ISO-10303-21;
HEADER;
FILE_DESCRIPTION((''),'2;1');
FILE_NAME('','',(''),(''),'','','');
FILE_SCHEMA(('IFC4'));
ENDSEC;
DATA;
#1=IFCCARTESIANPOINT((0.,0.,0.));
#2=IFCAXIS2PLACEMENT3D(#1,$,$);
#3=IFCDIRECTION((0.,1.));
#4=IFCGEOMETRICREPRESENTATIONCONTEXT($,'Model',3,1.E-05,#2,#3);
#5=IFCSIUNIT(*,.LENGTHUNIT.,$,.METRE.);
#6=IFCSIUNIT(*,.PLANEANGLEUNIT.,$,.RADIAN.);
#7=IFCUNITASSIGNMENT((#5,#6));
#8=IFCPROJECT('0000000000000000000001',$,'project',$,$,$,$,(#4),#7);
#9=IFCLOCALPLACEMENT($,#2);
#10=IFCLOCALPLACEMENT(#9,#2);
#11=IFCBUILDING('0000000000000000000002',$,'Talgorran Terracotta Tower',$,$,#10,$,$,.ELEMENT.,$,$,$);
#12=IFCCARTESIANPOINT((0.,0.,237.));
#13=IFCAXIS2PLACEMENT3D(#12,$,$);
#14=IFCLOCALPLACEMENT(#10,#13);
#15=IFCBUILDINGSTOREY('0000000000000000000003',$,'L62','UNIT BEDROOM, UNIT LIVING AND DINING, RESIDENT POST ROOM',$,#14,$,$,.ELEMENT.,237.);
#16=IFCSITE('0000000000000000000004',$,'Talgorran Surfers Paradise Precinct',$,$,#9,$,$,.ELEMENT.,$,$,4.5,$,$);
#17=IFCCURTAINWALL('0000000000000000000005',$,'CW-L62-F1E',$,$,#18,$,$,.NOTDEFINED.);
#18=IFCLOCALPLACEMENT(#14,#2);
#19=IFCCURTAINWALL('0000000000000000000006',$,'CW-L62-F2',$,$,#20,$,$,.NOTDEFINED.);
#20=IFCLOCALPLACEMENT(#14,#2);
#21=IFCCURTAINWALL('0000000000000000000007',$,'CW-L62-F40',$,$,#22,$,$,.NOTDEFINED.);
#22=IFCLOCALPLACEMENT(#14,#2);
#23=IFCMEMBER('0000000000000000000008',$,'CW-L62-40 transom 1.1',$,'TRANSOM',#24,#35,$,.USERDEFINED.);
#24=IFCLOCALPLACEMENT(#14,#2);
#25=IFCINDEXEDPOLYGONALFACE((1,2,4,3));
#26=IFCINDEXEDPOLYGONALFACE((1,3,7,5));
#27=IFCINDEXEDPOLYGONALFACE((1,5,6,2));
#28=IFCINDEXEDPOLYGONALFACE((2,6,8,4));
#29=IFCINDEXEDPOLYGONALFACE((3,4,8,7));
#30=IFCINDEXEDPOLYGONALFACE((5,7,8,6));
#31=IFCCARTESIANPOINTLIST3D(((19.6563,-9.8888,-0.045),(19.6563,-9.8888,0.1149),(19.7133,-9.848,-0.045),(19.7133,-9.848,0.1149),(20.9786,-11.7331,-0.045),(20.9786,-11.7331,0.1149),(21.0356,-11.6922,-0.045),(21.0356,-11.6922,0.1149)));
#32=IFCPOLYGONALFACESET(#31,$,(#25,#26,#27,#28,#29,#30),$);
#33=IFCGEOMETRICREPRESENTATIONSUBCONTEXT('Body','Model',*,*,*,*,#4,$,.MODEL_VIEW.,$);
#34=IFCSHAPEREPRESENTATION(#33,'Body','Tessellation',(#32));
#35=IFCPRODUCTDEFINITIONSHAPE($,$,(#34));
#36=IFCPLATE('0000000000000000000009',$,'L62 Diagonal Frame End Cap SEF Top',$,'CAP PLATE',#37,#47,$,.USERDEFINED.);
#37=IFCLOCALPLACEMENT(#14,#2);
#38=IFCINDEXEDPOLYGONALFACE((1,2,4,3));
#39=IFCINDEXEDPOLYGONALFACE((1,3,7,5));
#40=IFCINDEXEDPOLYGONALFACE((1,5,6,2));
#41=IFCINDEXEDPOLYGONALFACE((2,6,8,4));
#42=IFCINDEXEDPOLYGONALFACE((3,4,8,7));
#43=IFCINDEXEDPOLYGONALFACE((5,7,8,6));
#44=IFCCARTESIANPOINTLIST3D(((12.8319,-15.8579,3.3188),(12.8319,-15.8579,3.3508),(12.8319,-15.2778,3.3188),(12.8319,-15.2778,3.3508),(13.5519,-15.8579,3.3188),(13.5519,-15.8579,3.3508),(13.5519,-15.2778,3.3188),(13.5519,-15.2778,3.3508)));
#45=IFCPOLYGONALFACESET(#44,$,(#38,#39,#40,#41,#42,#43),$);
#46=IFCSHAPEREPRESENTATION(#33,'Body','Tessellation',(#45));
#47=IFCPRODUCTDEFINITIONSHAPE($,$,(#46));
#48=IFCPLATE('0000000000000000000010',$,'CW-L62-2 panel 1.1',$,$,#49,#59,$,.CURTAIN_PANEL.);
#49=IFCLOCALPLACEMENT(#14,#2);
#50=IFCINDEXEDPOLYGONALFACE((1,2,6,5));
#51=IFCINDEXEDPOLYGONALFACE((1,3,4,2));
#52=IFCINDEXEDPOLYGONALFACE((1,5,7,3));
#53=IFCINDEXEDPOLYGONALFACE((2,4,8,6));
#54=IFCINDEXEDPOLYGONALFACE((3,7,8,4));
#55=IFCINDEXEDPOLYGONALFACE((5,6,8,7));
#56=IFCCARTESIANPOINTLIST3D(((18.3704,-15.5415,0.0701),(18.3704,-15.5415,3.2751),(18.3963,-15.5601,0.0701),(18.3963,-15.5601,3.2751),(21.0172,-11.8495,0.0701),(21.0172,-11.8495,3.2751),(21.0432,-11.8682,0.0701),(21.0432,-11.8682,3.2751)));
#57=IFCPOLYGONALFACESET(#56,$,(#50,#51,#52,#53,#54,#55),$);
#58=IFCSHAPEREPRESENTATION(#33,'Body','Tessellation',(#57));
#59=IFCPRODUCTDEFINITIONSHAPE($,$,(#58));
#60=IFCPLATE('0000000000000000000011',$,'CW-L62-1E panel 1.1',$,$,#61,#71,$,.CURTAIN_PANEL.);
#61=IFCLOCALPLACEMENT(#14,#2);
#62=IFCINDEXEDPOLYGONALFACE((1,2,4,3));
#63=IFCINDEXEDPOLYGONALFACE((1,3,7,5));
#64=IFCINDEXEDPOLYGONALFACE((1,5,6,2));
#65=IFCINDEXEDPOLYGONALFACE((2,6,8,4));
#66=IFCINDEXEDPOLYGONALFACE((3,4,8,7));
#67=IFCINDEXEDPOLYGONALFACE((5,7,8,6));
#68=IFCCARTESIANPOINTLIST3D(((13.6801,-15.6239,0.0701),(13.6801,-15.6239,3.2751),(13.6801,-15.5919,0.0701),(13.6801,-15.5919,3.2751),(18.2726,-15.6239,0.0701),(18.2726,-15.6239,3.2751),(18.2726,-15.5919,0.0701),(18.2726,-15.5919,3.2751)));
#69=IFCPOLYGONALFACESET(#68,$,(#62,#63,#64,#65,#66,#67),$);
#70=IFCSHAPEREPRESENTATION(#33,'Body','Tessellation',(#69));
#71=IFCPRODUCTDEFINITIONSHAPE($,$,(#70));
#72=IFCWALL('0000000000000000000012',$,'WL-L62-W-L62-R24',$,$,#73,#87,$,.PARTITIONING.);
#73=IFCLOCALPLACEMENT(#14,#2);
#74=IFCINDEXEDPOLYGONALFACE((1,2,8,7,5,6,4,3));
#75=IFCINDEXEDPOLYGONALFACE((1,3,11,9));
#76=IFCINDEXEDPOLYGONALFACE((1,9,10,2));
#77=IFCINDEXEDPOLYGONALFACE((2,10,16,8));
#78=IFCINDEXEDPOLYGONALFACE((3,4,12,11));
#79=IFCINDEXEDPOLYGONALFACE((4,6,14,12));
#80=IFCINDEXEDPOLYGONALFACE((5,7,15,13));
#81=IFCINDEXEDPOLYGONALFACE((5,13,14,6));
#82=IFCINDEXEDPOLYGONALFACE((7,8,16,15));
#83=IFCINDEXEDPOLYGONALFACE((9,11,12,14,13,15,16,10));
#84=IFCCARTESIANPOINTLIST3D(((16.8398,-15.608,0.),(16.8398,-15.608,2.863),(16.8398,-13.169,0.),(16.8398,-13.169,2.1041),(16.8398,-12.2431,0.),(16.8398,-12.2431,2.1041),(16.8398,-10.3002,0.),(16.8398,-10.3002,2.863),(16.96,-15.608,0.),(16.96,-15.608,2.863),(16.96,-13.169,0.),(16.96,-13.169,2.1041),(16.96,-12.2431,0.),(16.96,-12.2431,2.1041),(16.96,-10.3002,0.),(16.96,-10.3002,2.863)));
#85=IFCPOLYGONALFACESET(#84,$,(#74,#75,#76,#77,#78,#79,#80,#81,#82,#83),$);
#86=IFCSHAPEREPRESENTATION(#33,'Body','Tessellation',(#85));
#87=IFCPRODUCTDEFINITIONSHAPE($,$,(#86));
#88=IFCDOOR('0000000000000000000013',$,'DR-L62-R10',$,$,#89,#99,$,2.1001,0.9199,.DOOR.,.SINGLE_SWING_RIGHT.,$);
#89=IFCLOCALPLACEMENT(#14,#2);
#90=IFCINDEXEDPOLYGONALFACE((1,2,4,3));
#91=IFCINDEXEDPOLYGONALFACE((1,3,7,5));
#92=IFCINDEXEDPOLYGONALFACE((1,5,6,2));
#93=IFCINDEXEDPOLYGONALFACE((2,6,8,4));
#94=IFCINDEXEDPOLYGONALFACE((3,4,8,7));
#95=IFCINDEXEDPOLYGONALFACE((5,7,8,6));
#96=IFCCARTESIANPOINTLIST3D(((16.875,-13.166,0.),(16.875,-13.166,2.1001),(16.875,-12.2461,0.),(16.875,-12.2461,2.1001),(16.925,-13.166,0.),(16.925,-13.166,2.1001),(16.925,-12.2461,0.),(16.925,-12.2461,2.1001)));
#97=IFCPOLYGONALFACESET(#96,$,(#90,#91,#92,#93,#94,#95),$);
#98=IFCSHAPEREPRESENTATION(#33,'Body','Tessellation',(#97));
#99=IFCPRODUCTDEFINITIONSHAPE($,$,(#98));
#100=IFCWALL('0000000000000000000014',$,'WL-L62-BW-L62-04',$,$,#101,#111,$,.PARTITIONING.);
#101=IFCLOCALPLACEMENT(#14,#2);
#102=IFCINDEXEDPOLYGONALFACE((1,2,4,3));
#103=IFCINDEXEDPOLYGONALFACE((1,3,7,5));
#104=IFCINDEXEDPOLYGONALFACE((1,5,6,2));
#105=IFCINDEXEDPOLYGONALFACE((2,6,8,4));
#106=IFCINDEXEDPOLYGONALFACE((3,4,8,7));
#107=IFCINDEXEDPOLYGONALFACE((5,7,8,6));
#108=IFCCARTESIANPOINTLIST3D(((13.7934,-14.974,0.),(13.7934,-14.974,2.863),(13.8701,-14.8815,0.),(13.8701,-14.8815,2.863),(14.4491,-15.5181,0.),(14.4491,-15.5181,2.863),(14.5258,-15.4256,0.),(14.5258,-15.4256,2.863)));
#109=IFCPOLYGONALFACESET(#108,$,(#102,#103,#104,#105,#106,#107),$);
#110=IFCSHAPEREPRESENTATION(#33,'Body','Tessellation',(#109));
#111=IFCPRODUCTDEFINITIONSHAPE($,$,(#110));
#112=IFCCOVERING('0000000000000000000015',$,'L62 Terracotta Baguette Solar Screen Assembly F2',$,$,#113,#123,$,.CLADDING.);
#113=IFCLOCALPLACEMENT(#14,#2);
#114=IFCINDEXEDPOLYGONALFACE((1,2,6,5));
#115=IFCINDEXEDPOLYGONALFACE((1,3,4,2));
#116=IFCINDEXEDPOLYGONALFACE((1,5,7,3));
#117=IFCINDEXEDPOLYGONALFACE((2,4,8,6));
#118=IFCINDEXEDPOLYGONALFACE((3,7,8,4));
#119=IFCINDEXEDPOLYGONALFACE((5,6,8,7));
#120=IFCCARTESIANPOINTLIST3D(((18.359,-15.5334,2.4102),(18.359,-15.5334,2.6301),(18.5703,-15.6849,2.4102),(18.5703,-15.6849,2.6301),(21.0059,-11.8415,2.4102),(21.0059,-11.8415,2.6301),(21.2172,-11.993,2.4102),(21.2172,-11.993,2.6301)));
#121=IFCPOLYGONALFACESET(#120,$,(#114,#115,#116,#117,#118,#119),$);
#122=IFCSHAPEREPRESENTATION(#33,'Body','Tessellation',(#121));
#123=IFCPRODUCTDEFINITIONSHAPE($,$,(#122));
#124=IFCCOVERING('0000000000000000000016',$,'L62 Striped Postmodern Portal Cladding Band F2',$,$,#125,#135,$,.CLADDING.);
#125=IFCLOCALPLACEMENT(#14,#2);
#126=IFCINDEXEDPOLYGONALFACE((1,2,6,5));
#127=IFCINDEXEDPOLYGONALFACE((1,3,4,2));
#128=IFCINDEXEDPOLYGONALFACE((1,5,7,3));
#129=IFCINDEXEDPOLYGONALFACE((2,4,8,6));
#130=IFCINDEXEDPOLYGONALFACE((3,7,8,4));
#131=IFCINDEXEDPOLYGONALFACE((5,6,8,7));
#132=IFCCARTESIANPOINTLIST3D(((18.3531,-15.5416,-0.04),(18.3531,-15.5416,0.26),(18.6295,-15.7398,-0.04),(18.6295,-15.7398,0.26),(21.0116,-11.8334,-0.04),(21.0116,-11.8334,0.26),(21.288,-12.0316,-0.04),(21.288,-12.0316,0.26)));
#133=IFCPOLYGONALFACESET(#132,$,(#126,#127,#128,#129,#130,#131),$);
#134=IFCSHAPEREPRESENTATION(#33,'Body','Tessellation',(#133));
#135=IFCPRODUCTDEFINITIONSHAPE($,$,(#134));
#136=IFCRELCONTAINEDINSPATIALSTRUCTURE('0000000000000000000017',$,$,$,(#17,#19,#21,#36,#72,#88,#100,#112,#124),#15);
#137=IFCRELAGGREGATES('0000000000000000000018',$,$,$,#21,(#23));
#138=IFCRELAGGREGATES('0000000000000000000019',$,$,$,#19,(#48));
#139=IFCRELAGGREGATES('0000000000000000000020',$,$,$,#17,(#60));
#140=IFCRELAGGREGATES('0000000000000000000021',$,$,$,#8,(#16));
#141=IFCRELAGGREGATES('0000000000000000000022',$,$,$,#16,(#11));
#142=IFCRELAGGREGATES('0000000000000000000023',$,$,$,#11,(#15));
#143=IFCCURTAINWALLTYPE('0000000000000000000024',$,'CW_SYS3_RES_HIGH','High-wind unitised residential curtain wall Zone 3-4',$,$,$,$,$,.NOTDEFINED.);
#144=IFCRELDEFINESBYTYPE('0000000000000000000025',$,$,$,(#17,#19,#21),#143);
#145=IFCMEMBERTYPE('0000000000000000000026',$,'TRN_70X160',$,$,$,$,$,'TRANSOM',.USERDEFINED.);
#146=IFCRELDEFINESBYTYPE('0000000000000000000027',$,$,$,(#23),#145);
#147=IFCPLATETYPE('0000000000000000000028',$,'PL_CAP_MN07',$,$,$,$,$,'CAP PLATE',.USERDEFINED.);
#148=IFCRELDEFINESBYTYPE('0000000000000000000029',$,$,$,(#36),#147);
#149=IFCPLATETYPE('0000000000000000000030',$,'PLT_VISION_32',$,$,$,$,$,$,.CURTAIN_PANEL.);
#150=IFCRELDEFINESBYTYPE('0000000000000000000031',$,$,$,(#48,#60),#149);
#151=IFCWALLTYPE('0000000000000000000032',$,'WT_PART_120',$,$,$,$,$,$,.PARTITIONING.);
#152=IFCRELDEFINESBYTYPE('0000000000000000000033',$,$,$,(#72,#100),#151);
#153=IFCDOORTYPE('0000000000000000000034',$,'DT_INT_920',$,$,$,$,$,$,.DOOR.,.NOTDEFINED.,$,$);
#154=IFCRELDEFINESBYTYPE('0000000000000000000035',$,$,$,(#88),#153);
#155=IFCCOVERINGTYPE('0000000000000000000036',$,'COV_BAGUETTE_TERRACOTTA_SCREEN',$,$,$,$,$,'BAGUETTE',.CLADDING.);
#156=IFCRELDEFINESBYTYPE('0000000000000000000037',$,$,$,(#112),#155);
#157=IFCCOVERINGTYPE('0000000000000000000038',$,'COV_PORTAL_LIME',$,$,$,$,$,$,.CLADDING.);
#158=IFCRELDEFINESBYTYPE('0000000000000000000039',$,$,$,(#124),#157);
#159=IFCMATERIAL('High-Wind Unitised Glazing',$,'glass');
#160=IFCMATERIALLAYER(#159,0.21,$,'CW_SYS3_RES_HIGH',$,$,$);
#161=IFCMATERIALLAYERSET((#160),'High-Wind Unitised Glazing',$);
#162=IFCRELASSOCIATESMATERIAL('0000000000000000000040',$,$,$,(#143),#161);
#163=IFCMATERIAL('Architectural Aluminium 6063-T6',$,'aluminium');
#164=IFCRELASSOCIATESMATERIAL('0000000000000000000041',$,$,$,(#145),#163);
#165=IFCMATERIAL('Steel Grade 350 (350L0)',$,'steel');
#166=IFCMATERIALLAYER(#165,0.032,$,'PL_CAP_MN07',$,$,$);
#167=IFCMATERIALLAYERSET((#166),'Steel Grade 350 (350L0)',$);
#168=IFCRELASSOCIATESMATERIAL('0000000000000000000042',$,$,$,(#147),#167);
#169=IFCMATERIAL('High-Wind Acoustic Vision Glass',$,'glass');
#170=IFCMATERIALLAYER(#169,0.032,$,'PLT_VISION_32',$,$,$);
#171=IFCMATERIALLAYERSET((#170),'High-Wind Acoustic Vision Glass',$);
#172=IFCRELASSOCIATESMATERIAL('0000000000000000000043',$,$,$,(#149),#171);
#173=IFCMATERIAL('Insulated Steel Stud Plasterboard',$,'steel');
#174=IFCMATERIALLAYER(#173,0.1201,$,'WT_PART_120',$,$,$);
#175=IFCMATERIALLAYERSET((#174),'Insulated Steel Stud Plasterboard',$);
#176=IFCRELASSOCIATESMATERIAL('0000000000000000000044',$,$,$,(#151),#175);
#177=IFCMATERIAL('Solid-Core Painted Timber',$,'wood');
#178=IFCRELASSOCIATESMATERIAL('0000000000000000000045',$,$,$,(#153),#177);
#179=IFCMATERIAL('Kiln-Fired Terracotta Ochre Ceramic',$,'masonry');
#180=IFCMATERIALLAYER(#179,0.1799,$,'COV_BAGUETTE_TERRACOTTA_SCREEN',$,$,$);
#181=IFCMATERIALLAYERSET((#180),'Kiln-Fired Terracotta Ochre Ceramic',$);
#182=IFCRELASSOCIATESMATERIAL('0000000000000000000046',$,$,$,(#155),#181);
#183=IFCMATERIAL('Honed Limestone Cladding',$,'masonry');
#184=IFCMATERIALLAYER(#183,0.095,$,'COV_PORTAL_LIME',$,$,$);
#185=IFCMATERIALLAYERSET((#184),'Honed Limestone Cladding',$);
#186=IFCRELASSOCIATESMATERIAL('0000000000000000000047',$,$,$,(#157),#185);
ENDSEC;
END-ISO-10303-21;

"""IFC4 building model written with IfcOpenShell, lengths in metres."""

from ifc_helpers import new_model, si_unit, direction, frame, frame_2d, origin, origin_2d, place, context, subcontext, project, spatial, rectangle, extrude, source, transform, mapped, material, layer, layer_set, material_profile, profile_set, type_object, type_shapes, element, fill, aggregate, save


model = new_model("IFC4")

# Units and contexts
model_context = context("Model", 3, precision=1e-05, world=origin(), true_north=direction((0.0, 1.0)))
body_context = subcontext(model_context, "Body", "Model", "MODEL_VIEW")
ifc_project = project(units=[si_unit("LENGTHUNIT", "METRE"), si_unit("PLANEANGLEUNIT", "RADIAN")], contexts=[model_context])

# Site, building, storey
site_placement = place(None, origin())
site = spatial("IfcSite", under=ifc_project, at=site_placement, Name="Talgorran Surfers Paradise Precinct", CompositionType="ELEMENT", RefElevation=4.5)
building_placement = place(site_placement, origin())
building = spatial("IfcBuilding", under=site, at=building_placement, Name="Talgorran Terracotta Tower", CompositionType="ELEMENT")
storey_placement = place(building_placement, frame((0.0, 0.0, 237.0)))
storey = spatial("IfcBuildingStorey", under=building, at=storey_placement, Name="L62", Description="UNIT BEDROOM, UNIT LIVING AND DINING, RESIDENT POST ROOM", CompositionType="ELEMENT", Elevation=237.0)

# Shared definitions
ifc_material_1 = material(Name="Steel Grade 350 (350L0)", Category="steel")

# Shared definitions
ifc_material_2 = material(Name="High-Wind Unitised Glazing", Category="glass")
ifc_layer_1 = layer(ifc_material_2, 0.21, Name="CW_SYS3_RES_HIGH")
ifc_layer_set_1 = layer_set([ifc_layer_1], Name="High-Wind Unitised Glazing")
curtain_wall_type = type_object("IfcCurtainWallType", Name="CW_SYS3_RES_HIGH", Description="High-wind unitised residential curtain wall Zone 3-4", PredefinedType="NOTDEFINED", material=ifc_layer_set_1)
ifc_material_3 = material(Name="Architectural Aluminium 6063-T6", Category="aluminium")

# Curtain walls
curtain_wall_1_placement = place(storey_placement, origin())
curtain_wall_1 = element("IfcCurtainWall", 1, at=curtain_wall_1_placement, inside=storey, type_object=curtain_wall_type, Name="CW-L62-F1E", PredefinedType="NOTDEFINED")
curtain_wall_2_placement = place(storey_placement, origin())
curtain_wall_2 = element("IfcCurtainWall", 2, at=curtain_wall_2_placement, inside=storey, type_object=curtain_wall_type, Name="CW-L62-F2", PredefinedType="NOTDEFINED")

# Curtain wall
curtain_wall_3_placement = place(storey_placement, origin())
curtain_wall_3 = element("IfcCurtainWall", 3, at=curtain_wall_3_placement, inside=storey, type_object=curtain_wall_type, Name="CW-L62-F40", PredefinedType="NOTDEFINED")

# Member
ifc_material_profile_1 = material_profile(ifc_material_3, rectangle(XDim=0.0701, YDim=0.1599, at=origin_2d()), Name="CWT70X160")
ifc_profile_set_1 = profile_set([ifc_material_profile_1], Name="Architectural Aluminium 6063-T6")
member_type_1 = type_object("IfcMemberType", Name="TRN_70X160", ElementType="TRANSOM", PredefinedType="USERDEFINED", material=ifc_profile_set_1)
member_1_placement = place(storey_placement, frame((21.0071, -11.7126, 0.0349), z_axis=(-0.582682, 0.8127, 0.0), x_axis=(-0.8127, -0.582682, 0.0)))
member_1 = element("IfcMember", 4, at=member_1_placement, type_object=member_type_1, Name="CW-L62-40 transom 1.1", ObjectType="TRANSOM", PredefinedType="USERDEFINED", context=body_context, shape_type="SweptSolid", body=[
    extrude(rectangle(XDim=0.0701, YDim=0.1599, at=origin_2d()), origin(), (0.0, 0.0, 1.0), 2.2693),
])
aggregate(curtain_wall_3, [member_1])

# Plates
ifc_layer_2 = layer(ifc_material_1, 0.032, Name="PL_CAP_MN07")
ifc_layer_set_2 = layer_set([ifc_layer_2], Name="Steel Grade 350 (350L0)")
plate_type_1 = type_object("IfcPlateType", Name="PL_CAP_MN07", ElementType="CAP PLATE", PredefinedType="USERDEFINED", material=ifc_layer_set_2)
plate_1_placement = place(storey_placement, frame((13.1919, -15.5679, 3.3188), z_axis=(0.0, 0.0, 1.0), x_axis=(1.0, 0.0, 0.0)))
element("IfcPlate", 5, at=plate_1_placement, inside=storey, type_object=plate_type_1, Name="L62 Diagonal Frame End Cap SEF Top", ObjectType="CAP PLATE", PredefinedType="USERDEFINED", context=body_context, shape_type="SweptSolid", body=[
    extrude(rectangle(XDim=0.72, YDim=0.5801, at=origin_2d()), origin(), (0.0, 0.0, 1.0), 0.032),
])
ifc_material_4 = material(Name="High-Wind Acoustic Vision Glass", Category="glass")
ifc_layer_3 = layer(ifc_material_4, 0.032, Name="PLT_VISION_32")
ifc_layer_set_3 = layer_set([ifc_layer_3], Name="High-Wind Acoustic Vision Glass")
plate_type_2 = type_object("IfcPlateType", Name="PLT_VISION_32", PredefinedType="CURTAIN_PANEL", material=ifc_layer_set_3)
shared_shape_1 = source(origin(), body_context, "Body", "SweptSolid", [
    extrude(rectangle(XDim=4.5427, YDim=0.032, at=origin_2d()), origin(), (0.0, 0.0, 1.0), 3.2051),
])
plate_2_placement = place(storey_placement, frame((19.7068, -13.7048, 0.0701), z_axis=(0.0, 0.0, 1.0), x_axis=(0.582661, 0.812715, 0.0)))
plate_2 = element("IfcPlate", 6, at=plate_2_placement, type_object=plate_type_2, Name="CW-L62-2 panel 1.1", PredefinedType="CURTAIN_PANEL", context=body_context, shape_type="MappedRepresentation", body=[
    mapped(shared_shape_1, transform((0.0, 0.0, 0.0), scale=1.0)),
])
aggregate(curtain_wall_2, [plate_2])
shared_shape_2 = source(origin(), body_context, "Body", "SweptSolid", [
    extrude(rectangle(XDim=4.5925, YDim=0.032, at=origin_2d()), origin(), (0.0, 0.0, 1.0), 3.2051),
])
type_shapes(plate_type_2, [shared_shape_1, shared_shape_2])
plate_3_placement = place(storey_placement, frame((15.9763, -15.6079, 0.0701), z_axis=(0.0, 0.0, 1.0), x_axis=(1.0, 0.0, 0.0)))
plate_3 = element("IfcPlate", 7, at=plate_3_placement, type_object=plate_type_2, Name="CW-L62-1E panel 1.1", PredefinedType="CURTAIN_PANEL", context=body_context, shape_type="MappedRepresentation", body=[
    mapped(shared_shape_2, transform((0.0, 0.0, 0.0), scale=1.0)),
])
aggregate(curtain_wall_1, [plate_3])

# Wall, opening, door
ifc_material_5 = material(Name="Insulated Steel Stud Plasterboard", Category="steel")
ifc_layer_4 = layer(ifc_material_5, 0.1201, Name="WT_PART_120")
ifc_layer_set_4 = layer_set([ifc_layer_4], Name="Insulated Steel Stud Plasterboard")
wall_type = type_object("IfcWallType", Name="WT_PART_120", PredefinedType="PARTITIONING", material=ifc_layer_set_4)
wall_1_placement = place(storey_placement, frame((16.8999, -15.6079, 0.0), z_axis=(0.0, 0.0, 1.0), x_axis=(0.0, 1.0, 0.0)))
wall_1 = element("IfcWall", 8, at=wall_1_placement, inside=storey, type_object=wall_type, Name="WL-L62-W-L62-R24", PredefinedType="PARTITIONING", context=body_context, shape_type="SweptSolid", body=[
    extrude(rectangle(XDim=5.3079, YDim=0.1201, at=frame_2d((2.6538, 0.0))), origin(), (0.0, 0.0, 1.0), 2.863),
])
opening_placement = place(wall_1_placement, frame((2.4419, 0.0, 0.0)))
opening = element("IfcOpeningElement", 9, at=opening_placement, cuts=wall_1, PredefinedType="OPENING", context=body_context, shape_type="SweptSolid", body=[
    extrude(rectangle(XDim=0.9259, YDim=2.1041, at=frame_2d((0.46, 1.052))), frame((0.0, 0.0701, 0.0), z_axis=(0.0, -1.0, 0.0), x_axis=(1.0, 0.0, 0.0)), (0.0, 0.0, 1.0), 0.1401),
])
ifc_material_6 = material(Name="Solid-Core Painted Timber", Category="wood")
door_type = type_object("IfcDoorType", Name="DT_INT_920", OperationType="NOTDEFINED", PredefinedType="DOOR", material=ifc_material_6)
door_placement = place(opening_placement, origin())
door = element("IfcDoor", 10, at=door_placement, inside=storey, type_object=door_type, Name="DR-L62-R10", OperationType="SINGLE_SWING_RIGHT", OverallHeight=2.1001, OverallWidth=0.9199, PredefinedType="DOOR", context=body_context, shape_type="SweptSolid", body=[
    extrude(rectangle(XDim=0.9199, YDim=2.1001, at=frame_2d((0.46, 1.05))), frame((0.0, 0.0249, 0.0), z_axis=(0.0, -1.0, 0.0), x_axis=(1.0, 0.0, 0.0)), (0.0, 0.0, 1.0), 0.05),
])
fill(opening, door)

# Wall
wall_2_placement = place(storey_placement, frame((13.8318, -14.9277, 0.0), z_axis=(0.0, 0.0, 1.0), x_axis=(0.769535, -0.638605, 0.0)))
element("IfcWall", 11, at=wall_2_placement, inside=storey, type_object=wall_type, Name="WL-L62-BW-L62-04", PredefinedType="PARTITIONING", context=body_context, shape_type="SweptSolid", body=[
    extrude(rectangle(XDim=0.8521, YDim=0.1201, at=frame_2d((0.426, 0.0))), origin(), (0.0, 0.0, 1.0), 2.863),
])

# Coverings
ifc_material_7 = material(Name="Kiln-Fired Terracotta Ochre Ceramic", Category="masonry")
ifc_layer_5 = layer(ifc_material_7, 0.1799, Name="COV_BAGUETTE_TERRACOTTA_SCREEN")
ifc_layer_set_5 = layer_set([ifc_layer_5], Name="Kiln-Fired Terracotta Ochre Ceramic")
covering_type_1 = type_object("IfcCoveringType", Name="COV_BAGUETTE_TERRACOTTA_SCREEN", ElementType="BAGUETTE", PredefinedType="CLADDING", material=ifc_layer_set_5)
covering_1_placement = place(storey_placement, frame((19.7881, -13.7632, 2.4102), z_axis=(0.0, 0.0, 1.0), x_axis=(0.582662, 0.812715, 0.0)))
element("IfcCovering", 12, at=covering_1_placement, inside=storey, type_object=covering_type_1, Name="L62 Terracotta Baguette Solar Screen Assembly F2", PredefinedType="CLADDING", context=body_context, shape_type="SweptSolid", body=[
    extrude(rectangle(XDim=4.5427, YDim=0.26, at=origin_2d()), origin(), (0.0, 0.0, 1.0), 0.22),
])
ifc_material_8 = material(Name="Honed Limestone Cladding", Category="masonry")
ifc_layer_6 = layer(ifc_material_8, 0.095, Name="COV_PORTAL_LIME")
ifc_layer_set_6 = layer_set([ifc_layer_6], Name="Honed Limestone Cladding")
covering_type_2 = type_object("IfcCoveringType", Name="COV_PORTAL_LIME", PredefinedType="CLADDING", material=ifc_layer_set_6)
covering_2_placement = place(storey_placement, frame((19.8206, -13.7866, -0.04), z_axis=(0.0, 0.0, 1.0), x_axis=(0.582662, 0.812715, 0.0)))
element("IfcCovering", 13, at=covering_2_placement, inside=storey, type_object=covering_type_2, Name="L62 Striped Postmodern Portal Cladding Band F2", PredefinedType="CLADDING", context=body_context, shape_type="SweptSolid", body=[
    extrude(rectangle(XDim=4.5627, YDim=0.3401, at=origin_2d()), origin(), (0.0, 0.0, 1.0), 0.3),
])

save(model, "model.ifc")
